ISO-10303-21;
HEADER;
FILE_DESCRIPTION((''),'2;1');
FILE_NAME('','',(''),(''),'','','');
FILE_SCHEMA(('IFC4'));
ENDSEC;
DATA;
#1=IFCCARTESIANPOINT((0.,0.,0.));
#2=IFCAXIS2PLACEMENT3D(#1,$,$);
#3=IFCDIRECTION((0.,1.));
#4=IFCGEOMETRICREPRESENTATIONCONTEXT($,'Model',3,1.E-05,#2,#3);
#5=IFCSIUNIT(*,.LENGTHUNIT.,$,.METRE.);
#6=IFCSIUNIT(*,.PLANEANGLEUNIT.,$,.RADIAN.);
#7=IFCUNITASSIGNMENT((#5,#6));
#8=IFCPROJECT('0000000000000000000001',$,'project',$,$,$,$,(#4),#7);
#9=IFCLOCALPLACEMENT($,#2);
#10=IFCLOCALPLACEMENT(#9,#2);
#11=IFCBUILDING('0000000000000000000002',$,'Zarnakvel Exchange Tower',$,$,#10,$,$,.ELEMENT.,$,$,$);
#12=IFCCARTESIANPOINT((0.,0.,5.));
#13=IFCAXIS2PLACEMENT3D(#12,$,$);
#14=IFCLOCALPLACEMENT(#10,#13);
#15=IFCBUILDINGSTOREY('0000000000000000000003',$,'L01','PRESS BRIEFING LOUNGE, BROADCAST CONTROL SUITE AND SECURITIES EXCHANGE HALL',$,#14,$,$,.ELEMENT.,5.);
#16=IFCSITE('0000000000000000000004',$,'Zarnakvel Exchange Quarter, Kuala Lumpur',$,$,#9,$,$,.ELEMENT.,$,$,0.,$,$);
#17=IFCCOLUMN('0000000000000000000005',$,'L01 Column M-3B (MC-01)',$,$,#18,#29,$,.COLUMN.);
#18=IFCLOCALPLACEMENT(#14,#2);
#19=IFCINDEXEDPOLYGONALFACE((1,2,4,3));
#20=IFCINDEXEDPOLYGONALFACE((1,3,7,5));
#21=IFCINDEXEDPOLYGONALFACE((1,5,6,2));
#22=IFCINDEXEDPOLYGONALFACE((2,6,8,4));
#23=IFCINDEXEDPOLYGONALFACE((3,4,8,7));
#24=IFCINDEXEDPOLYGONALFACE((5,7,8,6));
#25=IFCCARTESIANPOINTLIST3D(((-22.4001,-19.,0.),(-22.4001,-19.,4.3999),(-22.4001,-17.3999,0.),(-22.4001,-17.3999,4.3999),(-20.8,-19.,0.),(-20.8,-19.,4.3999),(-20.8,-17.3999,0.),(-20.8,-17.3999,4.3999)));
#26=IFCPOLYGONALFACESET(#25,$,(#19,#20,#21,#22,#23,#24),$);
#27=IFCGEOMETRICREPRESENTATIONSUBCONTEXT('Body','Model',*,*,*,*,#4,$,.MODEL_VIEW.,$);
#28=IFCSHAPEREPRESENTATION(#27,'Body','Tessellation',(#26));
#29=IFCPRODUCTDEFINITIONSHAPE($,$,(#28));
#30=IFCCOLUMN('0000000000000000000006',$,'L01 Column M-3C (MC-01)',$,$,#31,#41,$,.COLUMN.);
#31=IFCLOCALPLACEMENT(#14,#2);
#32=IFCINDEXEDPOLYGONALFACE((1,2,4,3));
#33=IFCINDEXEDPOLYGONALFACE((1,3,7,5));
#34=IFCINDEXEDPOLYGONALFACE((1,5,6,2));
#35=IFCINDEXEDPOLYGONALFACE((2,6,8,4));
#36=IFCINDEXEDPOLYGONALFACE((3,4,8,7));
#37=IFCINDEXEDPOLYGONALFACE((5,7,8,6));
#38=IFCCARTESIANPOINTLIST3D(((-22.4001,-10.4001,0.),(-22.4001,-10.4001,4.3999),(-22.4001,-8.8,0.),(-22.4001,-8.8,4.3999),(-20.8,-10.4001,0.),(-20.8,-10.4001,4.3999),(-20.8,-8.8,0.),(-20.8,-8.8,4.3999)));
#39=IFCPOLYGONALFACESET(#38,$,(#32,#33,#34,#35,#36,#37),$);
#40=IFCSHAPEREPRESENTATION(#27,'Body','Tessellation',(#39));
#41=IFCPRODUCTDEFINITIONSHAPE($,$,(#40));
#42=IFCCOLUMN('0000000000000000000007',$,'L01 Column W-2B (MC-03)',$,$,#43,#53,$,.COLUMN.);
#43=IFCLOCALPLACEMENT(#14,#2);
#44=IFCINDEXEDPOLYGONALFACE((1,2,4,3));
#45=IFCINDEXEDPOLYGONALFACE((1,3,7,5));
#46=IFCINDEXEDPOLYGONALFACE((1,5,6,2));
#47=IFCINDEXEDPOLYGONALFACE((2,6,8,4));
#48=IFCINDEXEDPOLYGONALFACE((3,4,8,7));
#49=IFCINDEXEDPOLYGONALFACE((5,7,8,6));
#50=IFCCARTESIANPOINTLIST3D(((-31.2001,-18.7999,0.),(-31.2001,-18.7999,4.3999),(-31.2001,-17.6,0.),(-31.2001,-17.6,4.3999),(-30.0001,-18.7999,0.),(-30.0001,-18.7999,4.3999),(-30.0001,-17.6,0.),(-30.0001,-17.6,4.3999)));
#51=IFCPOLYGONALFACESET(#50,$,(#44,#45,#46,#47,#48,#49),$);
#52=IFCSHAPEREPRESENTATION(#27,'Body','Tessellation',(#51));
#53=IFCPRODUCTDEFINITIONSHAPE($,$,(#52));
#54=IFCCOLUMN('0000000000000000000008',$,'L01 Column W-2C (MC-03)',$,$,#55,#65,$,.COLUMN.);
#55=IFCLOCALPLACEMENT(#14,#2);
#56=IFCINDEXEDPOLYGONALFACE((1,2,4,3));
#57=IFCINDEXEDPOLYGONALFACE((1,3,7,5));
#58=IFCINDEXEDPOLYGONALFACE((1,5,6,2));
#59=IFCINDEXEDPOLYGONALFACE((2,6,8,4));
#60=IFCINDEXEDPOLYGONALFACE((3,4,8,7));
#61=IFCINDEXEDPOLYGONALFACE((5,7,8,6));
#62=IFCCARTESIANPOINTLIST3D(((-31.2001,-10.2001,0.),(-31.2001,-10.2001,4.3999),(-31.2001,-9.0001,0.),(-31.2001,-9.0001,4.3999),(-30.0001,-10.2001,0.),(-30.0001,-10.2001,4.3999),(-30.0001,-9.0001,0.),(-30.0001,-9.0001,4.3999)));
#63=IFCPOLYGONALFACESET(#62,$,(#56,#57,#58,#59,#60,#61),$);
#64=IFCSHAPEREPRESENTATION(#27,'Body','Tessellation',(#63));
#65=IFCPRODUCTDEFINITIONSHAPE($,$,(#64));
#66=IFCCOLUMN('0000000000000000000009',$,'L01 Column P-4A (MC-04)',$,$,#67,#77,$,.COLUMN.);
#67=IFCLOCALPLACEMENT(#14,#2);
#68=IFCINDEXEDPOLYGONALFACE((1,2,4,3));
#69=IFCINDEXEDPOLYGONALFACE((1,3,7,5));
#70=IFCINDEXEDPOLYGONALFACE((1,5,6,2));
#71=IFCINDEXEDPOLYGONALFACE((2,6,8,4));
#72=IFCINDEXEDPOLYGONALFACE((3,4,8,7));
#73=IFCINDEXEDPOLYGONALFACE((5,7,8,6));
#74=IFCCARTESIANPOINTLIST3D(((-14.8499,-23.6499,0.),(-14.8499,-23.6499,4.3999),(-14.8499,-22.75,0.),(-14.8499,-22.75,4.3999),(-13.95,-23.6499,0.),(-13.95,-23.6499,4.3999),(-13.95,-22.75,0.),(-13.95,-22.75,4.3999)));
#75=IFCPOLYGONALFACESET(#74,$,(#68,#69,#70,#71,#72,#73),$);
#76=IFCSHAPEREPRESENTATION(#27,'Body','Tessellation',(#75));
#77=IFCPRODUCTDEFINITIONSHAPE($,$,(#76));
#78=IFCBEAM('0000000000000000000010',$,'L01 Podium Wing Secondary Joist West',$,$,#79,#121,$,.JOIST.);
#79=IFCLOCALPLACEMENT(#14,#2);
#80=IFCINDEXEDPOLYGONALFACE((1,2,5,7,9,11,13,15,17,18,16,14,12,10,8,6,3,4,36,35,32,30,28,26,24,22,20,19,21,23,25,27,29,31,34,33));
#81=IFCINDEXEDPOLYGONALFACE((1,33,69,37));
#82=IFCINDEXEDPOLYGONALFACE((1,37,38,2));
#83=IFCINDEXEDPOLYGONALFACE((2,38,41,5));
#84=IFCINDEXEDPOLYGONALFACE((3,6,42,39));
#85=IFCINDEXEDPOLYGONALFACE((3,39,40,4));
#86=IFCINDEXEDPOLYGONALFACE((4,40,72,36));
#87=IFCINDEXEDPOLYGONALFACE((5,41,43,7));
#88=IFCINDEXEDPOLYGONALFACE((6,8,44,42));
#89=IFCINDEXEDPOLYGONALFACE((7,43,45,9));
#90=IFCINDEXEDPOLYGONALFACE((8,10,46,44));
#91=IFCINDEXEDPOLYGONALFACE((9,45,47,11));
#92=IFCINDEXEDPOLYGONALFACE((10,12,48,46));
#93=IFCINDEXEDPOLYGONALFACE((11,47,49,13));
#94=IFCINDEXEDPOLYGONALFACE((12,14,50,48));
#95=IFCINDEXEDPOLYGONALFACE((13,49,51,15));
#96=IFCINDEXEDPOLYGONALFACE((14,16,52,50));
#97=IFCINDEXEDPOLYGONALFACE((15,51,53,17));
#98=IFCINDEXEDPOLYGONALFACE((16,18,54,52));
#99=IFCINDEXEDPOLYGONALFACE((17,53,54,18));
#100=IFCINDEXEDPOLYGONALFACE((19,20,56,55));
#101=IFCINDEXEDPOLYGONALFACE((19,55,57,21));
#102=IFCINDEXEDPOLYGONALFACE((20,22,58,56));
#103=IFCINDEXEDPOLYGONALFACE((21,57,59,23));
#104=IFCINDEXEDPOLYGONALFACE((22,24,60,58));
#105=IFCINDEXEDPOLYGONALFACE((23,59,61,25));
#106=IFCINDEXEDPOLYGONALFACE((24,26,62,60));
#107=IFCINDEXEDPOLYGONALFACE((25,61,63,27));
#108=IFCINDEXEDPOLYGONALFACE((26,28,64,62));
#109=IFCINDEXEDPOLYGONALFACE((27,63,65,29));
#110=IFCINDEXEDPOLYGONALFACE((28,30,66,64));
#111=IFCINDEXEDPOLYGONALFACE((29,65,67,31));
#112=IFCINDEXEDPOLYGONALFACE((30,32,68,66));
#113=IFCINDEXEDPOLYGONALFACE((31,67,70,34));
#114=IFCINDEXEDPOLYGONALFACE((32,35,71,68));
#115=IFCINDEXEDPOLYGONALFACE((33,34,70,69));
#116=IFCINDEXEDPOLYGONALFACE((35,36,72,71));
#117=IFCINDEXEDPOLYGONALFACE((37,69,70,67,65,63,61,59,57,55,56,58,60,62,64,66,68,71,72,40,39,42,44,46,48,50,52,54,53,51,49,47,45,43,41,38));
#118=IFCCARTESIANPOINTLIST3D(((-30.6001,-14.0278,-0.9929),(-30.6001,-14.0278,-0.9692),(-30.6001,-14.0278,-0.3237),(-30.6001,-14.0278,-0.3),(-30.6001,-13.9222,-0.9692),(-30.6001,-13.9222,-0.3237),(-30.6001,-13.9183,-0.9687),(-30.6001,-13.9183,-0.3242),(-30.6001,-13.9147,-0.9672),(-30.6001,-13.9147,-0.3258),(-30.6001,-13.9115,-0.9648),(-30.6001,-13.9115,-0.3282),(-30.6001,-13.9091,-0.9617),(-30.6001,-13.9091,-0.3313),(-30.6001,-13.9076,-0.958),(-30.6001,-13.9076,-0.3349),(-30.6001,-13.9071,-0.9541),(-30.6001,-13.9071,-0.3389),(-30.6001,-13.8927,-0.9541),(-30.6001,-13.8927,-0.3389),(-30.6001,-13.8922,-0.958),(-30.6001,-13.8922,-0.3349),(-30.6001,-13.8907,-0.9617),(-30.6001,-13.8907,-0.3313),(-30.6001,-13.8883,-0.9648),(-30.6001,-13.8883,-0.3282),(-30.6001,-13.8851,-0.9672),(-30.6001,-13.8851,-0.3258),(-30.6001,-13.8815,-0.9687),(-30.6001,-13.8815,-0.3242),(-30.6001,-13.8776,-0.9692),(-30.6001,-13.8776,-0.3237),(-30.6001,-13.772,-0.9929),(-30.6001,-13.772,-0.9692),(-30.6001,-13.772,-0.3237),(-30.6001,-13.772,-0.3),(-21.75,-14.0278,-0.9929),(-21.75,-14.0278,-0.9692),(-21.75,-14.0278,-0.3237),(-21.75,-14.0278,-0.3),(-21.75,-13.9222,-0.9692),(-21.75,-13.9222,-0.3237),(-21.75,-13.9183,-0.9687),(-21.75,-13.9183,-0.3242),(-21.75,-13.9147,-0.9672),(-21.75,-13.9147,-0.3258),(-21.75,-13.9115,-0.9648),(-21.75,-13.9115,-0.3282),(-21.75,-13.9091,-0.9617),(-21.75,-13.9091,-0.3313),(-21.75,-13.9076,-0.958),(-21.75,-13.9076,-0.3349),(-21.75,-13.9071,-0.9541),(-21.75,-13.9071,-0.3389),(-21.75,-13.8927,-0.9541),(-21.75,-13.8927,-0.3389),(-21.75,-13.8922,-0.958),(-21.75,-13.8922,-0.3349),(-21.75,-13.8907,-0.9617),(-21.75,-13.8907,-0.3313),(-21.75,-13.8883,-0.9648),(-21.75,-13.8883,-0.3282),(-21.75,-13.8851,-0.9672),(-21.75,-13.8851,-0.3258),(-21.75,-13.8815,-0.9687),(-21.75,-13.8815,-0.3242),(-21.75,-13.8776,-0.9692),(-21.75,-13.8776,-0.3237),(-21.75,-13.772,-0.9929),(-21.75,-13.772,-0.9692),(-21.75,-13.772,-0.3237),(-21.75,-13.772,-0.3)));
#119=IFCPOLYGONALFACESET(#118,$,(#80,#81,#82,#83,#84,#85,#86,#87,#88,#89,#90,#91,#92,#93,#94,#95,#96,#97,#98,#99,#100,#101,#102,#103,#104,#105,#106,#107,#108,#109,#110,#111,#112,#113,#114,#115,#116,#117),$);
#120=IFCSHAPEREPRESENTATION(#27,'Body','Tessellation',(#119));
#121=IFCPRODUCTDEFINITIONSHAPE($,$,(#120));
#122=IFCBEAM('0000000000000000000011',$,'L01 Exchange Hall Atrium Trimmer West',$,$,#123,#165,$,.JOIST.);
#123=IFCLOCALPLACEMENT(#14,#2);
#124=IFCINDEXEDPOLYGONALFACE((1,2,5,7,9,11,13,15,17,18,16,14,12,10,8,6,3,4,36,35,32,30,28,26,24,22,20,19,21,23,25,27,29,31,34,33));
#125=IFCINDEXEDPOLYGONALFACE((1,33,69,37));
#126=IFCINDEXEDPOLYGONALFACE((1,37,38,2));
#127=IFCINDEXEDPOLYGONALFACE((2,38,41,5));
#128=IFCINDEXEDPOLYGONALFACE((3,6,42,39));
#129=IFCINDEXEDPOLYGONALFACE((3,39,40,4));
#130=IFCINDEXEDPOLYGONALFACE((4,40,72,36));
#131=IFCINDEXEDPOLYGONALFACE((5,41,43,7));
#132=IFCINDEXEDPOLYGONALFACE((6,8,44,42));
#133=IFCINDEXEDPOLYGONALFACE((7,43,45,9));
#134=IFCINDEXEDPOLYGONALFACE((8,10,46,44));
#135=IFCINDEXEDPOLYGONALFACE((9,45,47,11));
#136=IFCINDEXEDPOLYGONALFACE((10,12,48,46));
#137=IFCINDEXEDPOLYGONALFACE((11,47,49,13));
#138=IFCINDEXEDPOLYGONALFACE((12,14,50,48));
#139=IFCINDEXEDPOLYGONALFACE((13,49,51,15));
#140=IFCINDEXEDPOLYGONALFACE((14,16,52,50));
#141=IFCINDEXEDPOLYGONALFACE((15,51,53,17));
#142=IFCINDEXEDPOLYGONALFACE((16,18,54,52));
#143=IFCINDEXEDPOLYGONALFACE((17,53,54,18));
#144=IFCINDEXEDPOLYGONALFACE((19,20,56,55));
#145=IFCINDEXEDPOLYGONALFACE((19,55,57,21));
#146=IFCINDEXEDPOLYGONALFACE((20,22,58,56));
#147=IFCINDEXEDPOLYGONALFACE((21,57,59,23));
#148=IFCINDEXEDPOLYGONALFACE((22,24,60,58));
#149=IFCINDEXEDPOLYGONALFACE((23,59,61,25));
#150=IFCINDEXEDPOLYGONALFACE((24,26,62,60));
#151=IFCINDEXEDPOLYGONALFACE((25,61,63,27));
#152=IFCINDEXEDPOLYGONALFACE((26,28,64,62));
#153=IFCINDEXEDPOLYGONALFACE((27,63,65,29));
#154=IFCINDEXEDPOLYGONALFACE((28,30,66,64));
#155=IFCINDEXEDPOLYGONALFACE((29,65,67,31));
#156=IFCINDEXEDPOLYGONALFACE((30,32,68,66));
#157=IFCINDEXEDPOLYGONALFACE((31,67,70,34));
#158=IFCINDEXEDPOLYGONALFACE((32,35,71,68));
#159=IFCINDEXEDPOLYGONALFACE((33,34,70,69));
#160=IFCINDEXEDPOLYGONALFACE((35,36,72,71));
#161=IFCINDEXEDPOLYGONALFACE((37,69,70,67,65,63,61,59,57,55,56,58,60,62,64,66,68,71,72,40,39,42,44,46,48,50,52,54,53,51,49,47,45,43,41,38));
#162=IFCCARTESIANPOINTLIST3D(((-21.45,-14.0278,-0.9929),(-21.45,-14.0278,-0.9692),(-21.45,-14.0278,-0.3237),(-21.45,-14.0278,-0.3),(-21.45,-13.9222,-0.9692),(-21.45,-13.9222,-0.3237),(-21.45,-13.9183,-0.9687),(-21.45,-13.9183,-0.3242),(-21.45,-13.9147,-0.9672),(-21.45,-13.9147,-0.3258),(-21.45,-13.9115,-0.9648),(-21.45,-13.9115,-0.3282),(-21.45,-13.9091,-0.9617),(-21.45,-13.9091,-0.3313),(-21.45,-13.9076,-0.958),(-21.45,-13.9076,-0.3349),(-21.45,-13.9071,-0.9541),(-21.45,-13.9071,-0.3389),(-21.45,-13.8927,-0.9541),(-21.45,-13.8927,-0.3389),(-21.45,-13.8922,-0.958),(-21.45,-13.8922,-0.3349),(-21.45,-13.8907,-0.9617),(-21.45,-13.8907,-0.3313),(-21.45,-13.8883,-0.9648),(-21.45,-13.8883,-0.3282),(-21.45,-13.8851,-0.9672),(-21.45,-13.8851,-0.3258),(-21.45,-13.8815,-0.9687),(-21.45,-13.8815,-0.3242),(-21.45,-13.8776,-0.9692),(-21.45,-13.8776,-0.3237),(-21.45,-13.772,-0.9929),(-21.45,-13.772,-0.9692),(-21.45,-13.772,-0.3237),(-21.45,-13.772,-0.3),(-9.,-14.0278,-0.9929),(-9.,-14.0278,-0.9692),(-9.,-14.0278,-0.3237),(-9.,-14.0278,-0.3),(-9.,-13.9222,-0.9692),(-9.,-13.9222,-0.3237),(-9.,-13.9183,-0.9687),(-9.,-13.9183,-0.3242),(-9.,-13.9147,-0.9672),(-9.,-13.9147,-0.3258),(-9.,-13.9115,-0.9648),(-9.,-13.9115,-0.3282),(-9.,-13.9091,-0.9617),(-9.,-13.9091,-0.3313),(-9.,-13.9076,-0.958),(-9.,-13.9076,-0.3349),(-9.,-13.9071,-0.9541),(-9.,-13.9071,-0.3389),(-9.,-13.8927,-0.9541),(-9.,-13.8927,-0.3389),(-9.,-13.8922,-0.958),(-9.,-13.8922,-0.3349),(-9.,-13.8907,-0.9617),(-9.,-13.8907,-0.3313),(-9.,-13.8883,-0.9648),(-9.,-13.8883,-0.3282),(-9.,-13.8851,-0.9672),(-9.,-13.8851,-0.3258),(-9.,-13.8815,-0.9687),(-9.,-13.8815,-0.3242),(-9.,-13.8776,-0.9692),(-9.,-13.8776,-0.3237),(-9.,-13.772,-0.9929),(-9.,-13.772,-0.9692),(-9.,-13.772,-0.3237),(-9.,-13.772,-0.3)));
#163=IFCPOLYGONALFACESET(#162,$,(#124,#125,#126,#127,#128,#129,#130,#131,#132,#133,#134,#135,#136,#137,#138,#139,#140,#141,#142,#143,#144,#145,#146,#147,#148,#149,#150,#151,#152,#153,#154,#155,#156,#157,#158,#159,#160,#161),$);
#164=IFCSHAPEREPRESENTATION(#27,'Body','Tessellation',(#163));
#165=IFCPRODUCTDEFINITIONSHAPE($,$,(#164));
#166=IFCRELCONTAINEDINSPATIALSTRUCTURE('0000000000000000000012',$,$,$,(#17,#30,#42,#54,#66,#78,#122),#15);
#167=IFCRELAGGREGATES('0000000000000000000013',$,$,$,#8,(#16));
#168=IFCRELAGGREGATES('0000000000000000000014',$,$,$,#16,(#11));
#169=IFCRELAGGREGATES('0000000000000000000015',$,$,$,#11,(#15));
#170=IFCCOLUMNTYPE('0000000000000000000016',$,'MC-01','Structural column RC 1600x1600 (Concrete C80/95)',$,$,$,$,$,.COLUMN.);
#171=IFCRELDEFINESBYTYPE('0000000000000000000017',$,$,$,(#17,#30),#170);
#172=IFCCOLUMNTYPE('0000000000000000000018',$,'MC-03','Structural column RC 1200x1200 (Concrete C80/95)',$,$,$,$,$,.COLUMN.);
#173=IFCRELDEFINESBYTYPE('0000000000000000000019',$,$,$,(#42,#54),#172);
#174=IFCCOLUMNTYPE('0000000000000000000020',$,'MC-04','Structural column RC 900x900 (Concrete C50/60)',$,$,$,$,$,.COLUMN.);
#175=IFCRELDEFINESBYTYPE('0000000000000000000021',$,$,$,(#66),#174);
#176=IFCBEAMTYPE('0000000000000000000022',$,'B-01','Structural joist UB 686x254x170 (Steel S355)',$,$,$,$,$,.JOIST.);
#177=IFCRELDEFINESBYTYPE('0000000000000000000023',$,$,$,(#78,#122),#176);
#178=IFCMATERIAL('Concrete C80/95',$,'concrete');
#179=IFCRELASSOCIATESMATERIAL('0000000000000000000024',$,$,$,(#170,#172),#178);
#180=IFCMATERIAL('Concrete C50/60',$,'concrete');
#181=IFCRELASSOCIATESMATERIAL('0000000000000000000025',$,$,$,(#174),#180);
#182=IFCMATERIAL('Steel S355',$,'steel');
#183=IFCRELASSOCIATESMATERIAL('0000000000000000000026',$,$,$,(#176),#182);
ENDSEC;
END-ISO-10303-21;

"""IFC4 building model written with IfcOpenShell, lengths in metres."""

from ifc_helpers import new_model, si_unit, direction, frame, origin, origin_2d, place, context, subcontext, project, spatial, rectangle, i_section, extrude, material, material_profile, profile_set, type_object, element, save


model = new_model("IFC4")

# Units and contexts
model_context = context("Model", 3, precision=1e-05, world=origin(), true_north=direction((0.0, 1.0)))
body_context = subcontext(model_context, "Body", "Model", "MODEL_VIEW")
ifc_project = project(units=[si_unit("LENGTHUNIT", "METRE"), si_unit("PLANEANGLEUNIT", "RADIAN")], contexts=[model_context])

# Site, building, storey
site_placement = place(None, origin())
site = spatial("IfcSite", under=ifc_project, at=site_placement, Name="Zarnakvel Exchange Quarter, Kuala Lumpur", CompositionType="ELEMENT", RefElevation=0.0)
building_placement = place(site_placement, origin())
building = spatial("IfcBuilding", under=site, at=building_placement, Name="Zarnakvel Exchange Tower", CompositionType="ELEMENT")
storey_placement = place(building_placement, frame((0.0, 0.0, 5.0)))
storey = spatial("IfcBuildingStorey", under=building, at=storey_placement, Name="L01", Description="PRESS BRIEFING LOUNGE, BROADCAST CONTROL SUITE AND SECURITIES EXCHANGE HALL", CompositionType="ELEMENT", Elevation=5.0)

# Columns
ifc_material_1 = material(Name="Concrete C80/95", Category="concrete")
ifc_material_profile_1 = material_profile(ifc_material_1, rectangle(XDim=1.6001, YDim=1.6001, at=origin_2d()))
ifc_profile_set_1 = profile_set([ifc_material_profile_1], Name="Concrete C80/95")
column_type_1 = type_object("IfcColumnType", Name="MC-01", Description="Structural column RC 1600x1600 (Concrete C80/95)", PredefinedType="COLUMN", material=ifc_profile_set_1)
for number, where, z_axis, x_axis, name in (
    (1, (-21.6001, -18.2, 0.0), (0.0, 0.0, 1.0), (1.0, 0.0, 0.0), "L01 Column M-3B (MC-01)"),
    (2, (-21.6001, -9.6001, 0.0), (0.0, 0.0, 1.0), (1.0, 0.0, 0.0), "L01 Column M-3C (MC-01)"),
):
    element("IfcColumn", number, at=place(storey_placement, frame(where, z_axis=z_axis, x_axis=x_axis)), inside=storey, type_object=column_type_1, Name=name, PredefinedType="COLUMN", context=body_context, shape_type="SweptSolid", body=[
        extrude(rectangle(XDim=1.6001, YDim=1.6001, at=origin_2d()), origin(), (0.0, 0.0, 1.0), 4.3999),
    ])
ifc_material_profile_2 = material_profile(ifc_material_1, rectangle(XDim=1.2, YDim=1.2, at=origin_2d()))
ifc_profile_set_2 = profile_set([ifc_material_profile_2], Name="Concrete C80/95")
column_type_2 = type_object("IfcColumnType", Name="MC-03", Description="Structural column RC 1200x1200 (Concrete C80/95)", PredefinedType="COLUMN", material=ifc_profile_set_2)
for number, where, z_axis, x_axis, name in (
    (3, (-30.6001, -18.2, 0.0), (0.0, 0.0, 1.0), (1.0, 0.0, 0.0), "L01 Column W-2B (MC-03)"),
    (4, (-30.6001, -9.6001, 0.0), (0.0, 0.0, 1.0), (1.0, 0.0, 0.0), "L01 Column W-2C (MC-03)"),
):
    element("IfcColumn", number, at=place(storey_placement, frame(where, z_axis=z_axis, x_axis=x_axis)), inside=storey, type_object=column_type_2, Name=name, PredefinedType="COLUMN", context=body_context, shape_type="SweptSolid", body=[
        extrude(rectangle(XDim=1.2, YDim=1.2, at=origin_2d()), origin(), (0.0, 0.0, 1.0), 4.3999),
    ])
ifc_material_2 = material(Name="Concrete C50/60", Category="concrete")
ifc_material_profile_3 = material_profile(ifc_material_2, rectangle(XDim=0.8999, YDim=0.8999, at=origin_2d()))
ifc_profile_set_3 = profile_set([ifc_material_profile_3], Name="Concrete C50/60")
column_type_3 = type_object("IfcColumnType", Name="MC-04", Description="Structural column RC 900x900 (Concrete C50/60)", PredefinedType="COLUMN", material=ifc_profile_set_3)
column_placement = place(storey_placement, frame((-14.3999, -23.2, 0.0), z_axis=(0.0, 0.0, 1.0), x_axis=(1.0, 0.0, 0.0)))
element("IfcColumn", 5, at=column_placement, inside=storey, type_object=column_type_3, Name="L01 Column P-4A (MC-04)", PredefinedType="COLUMN", context=body_context, shape_type="SweptSolid", body=[
    extrude(rectangle(XDim=0.8999, YDim=0.8999, at=origin_2d()), origin(), (0.0, 0.0, 1.0), 4.3999),
])

# Beams
ifc_material_3 = material(Name="Steel S355", Category="steel")
ifc_material_profile_4 = material_profile(ifc_material_3, i_section(OverallWidth=0.2559, OverallDepth=0.6929, WebThickness=0.0144, FlangeThickness=0.0237, FilletRadius=0.0151, at=origin_2d()))
ifc_profile_set_4 = profile_set([ifc_material_profile_4], Name="Steel S355")
beam_type_1 = type_object("IfcBeamType", Name="B-01", Description="Structural joist UB 686x254x170 (Steel S355)", PredefinedType="JOIST", material=ifc_profile_set_4)
beam_1_placement = place(storey_placement, frame((-30.6001, -13.8999, -0.6465), z_axis=(1.0, 0.0, 0.0), x_axis=(0.0, 1.0, 0.0)))
element("IfcBeam", 6, at=beam_1_placement, inside=storey, type_object=beam_type_1, Name="L01 Podium Wing Secondary Joist West", PredefinedType="JOIST", context=body_context, shape_type="SweptSolid", body=[
    extrude(i_section(OverallWidth=0.2559, OverallDepth=0.6929, WebThickness=0.0144, FlangeThickness=0.0237, FilletRadius=0.0151, at=origin_2d()), origin(), (0.0, 0.0, 1.0), 8.8501),
])
beam_2_placement = place(storey_placement, frame((-21.45, -13.8999, -0.6465), z_axis=(1.0, 0.0, 0.0), x_axis=(0.0, 1.0, 0.0)))
element("IfcBeam", 7, at=beam_2_placement, inside=storey, type_object=beam_type_1, Name="L01 Exchange Hall Atrium Trimmer West", PredefinedType="JOIST", context=body_context, shape_type="SweptSolid", body=[
    extrude(i_section(OverallWidth=0.2559, OverallDepth=0.6929, WebThickness=0.0144, FlangeThickness=0.0237, FilletRadius=0.0151, at=origin_2d()), origin(), (0.0, 0.0, 1.0), 12.45),
])

save(model, "model.ifc")
